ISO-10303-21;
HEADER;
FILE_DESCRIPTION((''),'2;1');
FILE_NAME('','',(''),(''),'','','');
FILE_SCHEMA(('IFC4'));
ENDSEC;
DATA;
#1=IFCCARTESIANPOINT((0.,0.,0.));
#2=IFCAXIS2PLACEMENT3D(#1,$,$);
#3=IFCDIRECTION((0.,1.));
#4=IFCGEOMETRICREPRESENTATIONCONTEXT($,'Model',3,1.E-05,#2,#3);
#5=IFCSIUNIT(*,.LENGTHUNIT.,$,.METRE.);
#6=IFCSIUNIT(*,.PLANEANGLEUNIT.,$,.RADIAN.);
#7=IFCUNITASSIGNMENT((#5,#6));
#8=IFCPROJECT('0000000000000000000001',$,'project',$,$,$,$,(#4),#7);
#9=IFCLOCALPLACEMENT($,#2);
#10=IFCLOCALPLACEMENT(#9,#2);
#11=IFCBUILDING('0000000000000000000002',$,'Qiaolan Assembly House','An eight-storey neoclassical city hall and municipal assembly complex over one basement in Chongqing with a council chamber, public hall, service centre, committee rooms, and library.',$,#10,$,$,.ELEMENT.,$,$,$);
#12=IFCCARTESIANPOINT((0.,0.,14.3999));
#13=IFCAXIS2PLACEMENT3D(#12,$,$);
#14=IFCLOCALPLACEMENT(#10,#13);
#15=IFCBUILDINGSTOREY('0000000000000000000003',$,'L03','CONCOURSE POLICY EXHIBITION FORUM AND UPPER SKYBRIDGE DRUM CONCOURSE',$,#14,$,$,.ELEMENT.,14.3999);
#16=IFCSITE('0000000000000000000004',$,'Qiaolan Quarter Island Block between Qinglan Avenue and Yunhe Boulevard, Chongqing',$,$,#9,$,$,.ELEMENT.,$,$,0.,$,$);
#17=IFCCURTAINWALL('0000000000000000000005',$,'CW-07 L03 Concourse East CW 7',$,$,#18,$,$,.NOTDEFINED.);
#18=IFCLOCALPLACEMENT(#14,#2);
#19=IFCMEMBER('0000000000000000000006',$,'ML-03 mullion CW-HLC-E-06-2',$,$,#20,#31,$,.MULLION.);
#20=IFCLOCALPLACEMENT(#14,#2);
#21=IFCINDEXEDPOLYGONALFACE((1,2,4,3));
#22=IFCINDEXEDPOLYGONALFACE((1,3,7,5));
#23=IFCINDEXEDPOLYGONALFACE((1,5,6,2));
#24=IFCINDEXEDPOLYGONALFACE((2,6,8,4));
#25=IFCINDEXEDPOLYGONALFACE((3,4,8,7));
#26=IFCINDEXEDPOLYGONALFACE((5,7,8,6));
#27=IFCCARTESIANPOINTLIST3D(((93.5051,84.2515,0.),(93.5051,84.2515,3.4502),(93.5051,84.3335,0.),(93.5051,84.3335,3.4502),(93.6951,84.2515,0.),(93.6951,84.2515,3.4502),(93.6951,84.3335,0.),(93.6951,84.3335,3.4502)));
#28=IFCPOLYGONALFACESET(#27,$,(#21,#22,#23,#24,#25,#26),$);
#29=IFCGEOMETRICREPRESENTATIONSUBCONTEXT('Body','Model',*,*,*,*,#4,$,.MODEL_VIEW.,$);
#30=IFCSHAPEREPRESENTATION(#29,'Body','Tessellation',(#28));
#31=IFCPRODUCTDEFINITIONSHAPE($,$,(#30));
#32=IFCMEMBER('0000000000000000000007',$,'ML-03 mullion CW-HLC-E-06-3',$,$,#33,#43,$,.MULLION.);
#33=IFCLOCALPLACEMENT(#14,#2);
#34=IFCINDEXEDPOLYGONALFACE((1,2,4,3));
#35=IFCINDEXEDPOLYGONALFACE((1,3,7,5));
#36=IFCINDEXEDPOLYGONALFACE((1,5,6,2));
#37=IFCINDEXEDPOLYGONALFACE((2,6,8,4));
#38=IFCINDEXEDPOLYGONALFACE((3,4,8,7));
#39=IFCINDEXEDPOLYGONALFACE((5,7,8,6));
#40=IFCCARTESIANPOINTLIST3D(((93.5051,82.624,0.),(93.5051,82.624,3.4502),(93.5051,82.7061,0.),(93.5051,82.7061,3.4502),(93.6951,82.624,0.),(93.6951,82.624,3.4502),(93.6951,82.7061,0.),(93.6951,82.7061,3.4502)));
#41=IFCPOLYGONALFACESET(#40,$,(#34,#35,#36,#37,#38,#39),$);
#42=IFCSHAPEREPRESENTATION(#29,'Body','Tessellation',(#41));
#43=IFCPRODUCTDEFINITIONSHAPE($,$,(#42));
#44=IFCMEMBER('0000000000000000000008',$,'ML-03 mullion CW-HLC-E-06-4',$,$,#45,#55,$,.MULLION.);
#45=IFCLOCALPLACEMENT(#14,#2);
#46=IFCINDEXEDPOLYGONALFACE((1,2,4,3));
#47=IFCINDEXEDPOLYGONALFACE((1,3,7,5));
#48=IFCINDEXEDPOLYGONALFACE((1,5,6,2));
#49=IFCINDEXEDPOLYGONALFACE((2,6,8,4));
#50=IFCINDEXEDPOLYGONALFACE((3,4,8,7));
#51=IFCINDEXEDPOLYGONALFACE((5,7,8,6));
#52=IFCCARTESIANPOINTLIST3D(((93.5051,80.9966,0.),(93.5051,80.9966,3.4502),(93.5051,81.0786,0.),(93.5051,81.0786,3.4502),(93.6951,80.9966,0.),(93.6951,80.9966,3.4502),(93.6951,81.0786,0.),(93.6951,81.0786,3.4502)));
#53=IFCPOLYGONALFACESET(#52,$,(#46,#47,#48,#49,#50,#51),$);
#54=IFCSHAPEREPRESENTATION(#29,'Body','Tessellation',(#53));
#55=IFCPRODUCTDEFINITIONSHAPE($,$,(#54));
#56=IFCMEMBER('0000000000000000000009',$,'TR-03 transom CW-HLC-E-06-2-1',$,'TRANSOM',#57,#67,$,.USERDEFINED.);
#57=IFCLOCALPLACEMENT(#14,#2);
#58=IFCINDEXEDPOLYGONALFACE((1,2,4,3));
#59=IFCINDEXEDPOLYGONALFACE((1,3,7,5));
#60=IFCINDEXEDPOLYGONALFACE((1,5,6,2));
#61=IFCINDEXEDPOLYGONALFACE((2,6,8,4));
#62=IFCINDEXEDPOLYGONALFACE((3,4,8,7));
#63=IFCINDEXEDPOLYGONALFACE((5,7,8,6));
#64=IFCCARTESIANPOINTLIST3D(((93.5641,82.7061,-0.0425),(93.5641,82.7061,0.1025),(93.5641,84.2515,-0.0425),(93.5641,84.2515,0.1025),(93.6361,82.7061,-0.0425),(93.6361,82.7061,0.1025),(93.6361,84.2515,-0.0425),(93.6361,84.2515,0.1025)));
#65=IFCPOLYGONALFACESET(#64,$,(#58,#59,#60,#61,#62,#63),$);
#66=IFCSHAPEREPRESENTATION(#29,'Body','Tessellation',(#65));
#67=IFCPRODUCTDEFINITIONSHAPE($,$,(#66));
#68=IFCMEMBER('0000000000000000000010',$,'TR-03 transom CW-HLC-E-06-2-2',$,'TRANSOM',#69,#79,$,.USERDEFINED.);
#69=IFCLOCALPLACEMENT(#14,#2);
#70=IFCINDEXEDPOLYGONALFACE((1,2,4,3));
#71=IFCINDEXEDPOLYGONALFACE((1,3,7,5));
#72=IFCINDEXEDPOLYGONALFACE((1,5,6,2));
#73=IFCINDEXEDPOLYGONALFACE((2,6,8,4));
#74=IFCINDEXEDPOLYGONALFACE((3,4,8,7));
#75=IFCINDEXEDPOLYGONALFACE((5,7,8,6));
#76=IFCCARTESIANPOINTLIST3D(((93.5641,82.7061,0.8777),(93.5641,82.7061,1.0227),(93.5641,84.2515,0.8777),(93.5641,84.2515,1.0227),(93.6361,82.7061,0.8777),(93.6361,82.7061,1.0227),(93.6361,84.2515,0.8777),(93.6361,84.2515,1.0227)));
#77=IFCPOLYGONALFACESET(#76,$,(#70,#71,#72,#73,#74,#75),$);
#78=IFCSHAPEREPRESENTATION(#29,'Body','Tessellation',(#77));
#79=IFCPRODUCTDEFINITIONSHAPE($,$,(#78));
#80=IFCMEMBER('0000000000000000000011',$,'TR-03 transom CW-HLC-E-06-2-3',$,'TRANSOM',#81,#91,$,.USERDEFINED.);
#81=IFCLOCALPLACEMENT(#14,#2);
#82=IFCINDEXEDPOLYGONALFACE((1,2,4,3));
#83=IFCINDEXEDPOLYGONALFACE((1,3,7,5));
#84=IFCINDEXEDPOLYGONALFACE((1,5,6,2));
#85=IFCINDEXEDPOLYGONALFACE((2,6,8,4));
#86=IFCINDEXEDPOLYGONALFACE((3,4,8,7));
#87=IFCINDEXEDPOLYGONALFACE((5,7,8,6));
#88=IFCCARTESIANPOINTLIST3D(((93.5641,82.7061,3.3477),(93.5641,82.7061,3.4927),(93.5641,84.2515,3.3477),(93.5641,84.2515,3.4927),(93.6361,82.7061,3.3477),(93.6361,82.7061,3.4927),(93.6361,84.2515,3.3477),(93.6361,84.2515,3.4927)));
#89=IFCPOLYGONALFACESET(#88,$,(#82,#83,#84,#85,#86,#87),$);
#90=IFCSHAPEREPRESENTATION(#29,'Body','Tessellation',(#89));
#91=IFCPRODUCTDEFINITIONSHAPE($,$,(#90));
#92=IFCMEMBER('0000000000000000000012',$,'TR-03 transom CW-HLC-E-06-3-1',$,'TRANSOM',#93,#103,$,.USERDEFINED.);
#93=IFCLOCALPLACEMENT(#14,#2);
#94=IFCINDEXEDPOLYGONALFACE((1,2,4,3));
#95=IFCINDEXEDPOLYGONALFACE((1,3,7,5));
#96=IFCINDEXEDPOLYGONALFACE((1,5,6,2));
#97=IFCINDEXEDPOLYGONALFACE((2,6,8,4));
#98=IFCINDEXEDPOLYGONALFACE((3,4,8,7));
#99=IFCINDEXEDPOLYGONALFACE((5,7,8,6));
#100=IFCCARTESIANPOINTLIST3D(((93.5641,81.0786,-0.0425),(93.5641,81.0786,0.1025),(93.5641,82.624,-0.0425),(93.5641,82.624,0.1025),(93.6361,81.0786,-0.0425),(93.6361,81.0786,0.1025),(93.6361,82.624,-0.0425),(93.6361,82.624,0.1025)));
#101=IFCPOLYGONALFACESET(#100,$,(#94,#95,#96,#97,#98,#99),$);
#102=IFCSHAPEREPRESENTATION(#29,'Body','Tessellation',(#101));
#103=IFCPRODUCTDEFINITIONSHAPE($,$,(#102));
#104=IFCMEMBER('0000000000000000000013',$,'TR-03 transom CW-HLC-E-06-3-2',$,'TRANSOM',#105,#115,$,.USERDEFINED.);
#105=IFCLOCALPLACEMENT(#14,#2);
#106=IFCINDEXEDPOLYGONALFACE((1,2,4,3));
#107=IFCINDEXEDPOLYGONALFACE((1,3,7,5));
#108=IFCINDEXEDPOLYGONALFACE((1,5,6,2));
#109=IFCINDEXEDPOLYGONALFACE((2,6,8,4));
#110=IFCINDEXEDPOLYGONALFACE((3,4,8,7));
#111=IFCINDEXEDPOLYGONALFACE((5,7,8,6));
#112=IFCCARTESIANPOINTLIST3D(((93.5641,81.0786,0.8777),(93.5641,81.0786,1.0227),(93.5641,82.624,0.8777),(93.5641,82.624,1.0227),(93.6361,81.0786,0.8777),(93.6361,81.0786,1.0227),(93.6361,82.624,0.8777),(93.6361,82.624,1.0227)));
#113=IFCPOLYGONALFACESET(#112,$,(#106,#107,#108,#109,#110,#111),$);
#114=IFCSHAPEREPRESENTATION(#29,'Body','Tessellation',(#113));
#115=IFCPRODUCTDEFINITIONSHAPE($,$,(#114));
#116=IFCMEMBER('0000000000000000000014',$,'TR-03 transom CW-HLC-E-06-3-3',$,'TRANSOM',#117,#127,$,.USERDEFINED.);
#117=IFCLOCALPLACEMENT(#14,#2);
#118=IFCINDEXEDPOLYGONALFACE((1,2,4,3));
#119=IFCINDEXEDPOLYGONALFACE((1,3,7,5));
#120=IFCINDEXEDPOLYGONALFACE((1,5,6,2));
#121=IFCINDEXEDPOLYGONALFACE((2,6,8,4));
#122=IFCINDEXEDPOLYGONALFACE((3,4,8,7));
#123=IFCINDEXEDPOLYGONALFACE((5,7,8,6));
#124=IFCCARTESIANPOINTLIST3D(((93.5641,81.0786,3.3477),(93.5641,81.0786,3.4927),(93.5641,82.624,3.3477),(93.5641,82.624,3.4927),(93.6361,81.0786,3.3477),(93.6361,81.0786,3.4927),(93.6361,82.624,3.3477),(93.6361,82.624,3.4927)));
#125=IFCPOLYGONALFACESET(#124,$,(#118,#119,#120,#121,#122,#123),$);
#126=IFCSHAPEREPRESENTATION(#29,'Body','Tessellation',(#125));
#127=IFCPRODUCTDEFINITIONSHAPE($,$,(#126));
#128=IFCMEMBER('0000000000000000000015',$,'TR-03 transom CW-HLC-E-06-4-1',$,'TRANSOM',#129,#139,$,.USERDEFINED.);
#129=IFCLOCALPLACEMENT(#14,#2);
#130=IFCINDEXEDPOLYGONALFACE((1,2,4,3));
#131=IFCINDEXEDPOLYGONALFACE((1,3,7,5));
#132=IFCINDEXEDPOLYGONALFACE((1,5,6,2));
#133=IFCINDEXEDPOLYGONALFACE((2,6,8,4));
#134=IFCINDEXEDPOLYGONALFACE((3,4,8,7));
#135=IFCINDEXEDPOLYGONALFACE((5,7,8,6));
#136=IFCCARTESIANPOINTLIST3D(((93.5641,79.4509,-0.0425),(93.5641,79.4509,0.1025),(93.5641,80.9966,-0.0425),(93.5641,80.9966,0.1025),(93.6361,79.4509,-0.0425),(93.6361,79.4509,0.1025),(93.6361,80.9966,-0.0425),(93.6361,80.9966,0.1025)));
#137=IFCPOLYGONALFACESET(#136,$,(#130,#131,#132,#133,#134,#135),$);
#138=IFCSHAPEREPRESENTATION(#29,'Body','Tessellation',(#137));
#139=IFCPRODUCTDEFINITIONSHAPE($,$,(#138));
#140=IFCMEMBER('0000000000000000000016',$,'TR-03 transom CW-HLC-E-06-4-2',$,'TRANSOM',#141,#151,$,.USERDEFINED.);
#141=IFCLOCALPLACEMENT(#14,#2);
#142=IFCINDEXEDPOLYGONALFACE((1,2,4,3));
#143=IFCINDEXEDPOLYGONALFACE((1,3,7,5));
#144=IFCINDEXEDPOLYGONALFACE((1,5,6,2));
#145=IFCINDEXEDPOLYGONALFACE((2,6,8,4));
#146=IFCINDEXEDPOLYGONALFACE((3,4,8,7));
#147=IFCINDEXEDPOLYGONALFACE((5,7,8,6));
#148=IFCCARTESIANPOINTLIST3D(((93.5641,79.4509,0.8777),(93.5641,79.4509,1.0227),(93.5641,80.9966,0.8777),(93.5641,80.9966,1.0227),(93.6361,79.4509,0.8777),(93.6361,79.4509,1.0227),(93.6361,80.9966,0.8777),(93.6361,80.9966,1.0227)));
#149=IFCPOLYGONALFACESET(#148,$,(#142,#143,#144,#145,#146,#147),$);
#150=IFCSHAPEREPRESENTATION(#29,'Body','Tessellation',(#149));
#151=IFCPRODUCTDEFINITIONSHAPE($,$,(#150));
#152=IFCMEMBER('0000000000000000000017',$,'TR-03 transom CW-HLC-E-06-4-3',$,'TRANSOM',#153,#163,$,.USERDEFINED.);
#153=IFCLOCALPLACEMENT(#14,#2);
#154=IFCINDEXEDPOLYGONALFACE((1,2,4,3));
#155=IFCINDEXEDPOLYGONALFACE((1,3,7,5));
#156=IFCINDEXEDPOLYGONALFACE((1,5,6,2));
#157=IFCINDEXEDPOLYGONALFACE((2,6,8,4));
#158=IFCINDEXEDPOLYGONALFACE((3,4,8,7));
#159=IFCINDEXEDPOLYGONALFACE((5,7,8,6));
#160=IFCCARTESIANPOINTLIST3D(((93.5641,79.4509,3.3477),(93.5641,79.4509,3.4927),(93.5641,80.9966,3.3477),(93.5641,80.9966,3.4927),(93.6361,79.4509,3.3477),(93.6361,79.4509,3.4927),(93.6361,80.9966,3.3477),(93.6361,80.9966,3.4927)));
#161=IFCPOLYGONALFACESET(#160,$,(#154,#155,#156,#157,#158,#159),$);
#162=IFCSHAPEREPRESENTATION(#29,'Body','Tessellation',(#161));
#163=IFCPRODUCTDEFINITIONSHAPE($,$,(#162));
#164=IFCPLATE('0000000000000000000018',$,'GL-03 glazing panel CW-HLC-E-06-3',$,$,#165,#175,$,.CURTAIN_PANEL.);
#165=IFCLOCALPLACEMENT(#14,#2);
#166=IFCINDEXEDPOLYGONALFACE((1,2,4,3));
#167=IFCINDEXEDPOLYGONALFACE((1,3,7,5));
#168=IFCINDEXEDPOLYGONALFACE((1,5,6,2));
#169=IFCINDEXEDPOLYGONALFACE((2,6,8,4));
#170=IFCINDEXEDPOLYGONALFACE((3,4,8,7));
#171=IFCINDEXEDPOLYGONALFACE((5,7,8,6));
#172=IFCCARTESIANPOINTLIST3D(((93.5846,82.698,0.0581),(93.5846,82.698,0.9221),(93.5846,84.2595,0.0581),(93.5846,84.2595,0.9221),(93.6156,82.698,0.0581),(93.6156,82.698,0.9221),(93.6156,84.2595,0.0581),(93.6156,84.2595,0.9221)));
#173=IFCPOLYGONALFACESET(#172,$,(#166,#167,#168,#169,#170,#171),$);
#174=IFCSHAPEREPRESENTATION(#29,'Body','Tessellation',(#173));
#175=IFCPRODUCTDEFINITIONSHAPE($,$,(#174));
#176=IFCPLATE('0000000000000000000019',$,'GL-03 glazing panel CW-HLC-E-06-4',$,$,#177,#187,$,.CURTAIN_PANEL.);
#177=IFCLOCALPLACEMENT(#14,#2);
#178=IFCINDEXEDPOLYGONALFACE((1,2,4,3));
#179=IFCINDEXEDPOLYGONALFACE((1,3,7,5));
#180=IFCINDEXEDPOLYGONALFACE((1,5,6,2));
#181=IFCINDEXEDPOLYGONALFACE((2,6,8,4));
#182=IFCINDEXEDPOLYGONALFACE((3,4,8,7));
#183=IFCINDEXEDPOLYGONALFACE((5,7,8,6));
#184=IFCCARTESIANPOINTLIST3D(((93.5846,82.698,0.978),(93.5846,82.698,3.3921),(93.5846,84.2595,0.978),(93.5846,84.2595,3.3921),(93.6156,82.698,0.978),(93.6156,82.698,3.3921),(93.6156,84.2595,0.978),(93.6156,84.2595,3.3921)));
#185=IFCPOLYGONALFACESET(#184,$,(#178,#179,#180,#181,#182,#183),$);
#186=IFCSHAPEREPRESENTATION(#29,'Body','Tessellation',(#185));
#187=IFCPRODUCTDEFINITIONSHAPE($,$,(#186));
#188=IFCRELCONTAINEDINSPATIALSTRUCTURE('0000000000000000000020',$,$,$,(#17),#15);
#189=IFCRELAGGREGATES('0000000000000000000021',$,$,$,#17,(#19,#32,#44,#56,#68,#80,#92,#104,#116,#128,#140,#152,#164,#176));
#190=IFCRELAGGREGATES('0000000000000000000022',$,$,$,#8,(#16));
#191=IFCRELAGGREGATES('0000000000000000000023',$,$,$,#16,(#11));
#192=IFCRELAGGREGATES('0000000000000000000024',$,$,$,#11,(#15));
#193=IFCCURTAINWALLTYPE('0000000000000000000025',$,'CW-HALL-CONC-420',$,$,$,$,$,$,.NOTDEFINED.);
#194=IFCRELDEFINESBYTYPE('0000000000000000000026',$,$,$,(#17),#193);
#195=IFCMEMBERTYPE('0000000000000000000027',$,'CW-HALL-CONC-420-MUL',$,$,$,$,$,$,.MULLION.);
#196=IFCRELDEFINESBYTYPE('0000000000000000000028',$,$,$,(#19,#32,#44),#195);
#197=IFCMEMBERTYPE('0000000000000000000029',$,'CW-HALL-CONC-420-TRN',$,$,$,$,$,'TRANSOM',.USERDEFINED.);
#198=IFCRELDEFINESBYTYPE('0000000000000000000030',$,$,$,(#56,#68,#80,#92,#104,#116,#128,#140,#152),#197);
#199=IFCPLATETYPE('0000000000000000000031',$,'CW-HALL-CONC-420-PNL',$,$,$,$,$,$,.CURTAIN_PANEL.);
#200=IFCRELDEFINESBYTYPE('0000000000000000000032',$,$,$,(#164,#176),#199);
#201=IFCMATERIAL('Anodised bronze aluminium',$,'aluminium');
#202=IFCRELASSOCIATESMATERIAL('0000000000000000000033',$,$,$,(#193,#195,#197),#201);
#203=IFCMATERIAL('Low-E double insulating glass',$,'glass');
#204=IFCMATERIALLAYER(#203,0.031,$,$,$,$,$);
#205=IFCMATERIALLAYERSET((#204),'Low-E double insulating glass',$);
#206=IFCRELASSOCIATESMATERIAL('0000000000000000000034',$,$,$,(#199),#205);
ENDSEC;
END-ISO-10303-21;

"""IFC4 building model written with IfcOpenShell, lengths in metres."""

from ifc_helpers import new_model, si_unit, direction, frame, frame_2d, origin, origin_2d, place, context, subcontext, project, spatial, rectangle, extrude, material, layer, layer_set, material_profile, profile_set, type_object, element, aggregate, save


model = new_model("IFC4")

# Units and contexts
model_context = context("Model", 3, precision=1e-05, world=origin(), true_north=direction((0.0, 1.0)))
body_context = subcontext(model_context, "Body", "Model", "MODEL_VIEW")
ifc_project = project(units=[si_unit("LENGTHUNIT", "METRE"), si_unit("PLANEANGLEUNIT", "RADIAN")], contexts=[model_context])

# Site, building, storey
site_placement = place(None, origin())
site = spatial("IfcSite", under=ifc_project, at=site_placement, Name="Qiaolan Quarter Island Block between Qinglan Avenue and Yunhe Boulevard, Chongqing", CompositionType="ELEMENT", RefElevation=0.0)
building_placement = place(site_placement, origin())
building = spatial("IfcBuilding", under=site, at=building_placement, Name="Qiaolan Assembly House", Description="An eight-storey neoclassical city hall and municipal assembly complex over one basement in Chongqing with a council chamber, public hall, service centre, committee rooms, and library.", CompositionType="ELEMENT")
storey_placement = place(building_placement, frame((0.0, 0.0, 14.3999)))
storey = spatial("IfcBuildingStorey", under=building, at=storey_placement, Name="L03", Description="CONCOURSE POLICY EXHIBITION FORUM AND UPPER SKYBRIDGE DRUM CONCOURSE", CompositionType="ELEMENT", Elevation=14.3999)

# Curtain wall, members, plates
ifc_material_1 = material(Name="Anodised bronze aluminium", Category="aluminium")
curtain_wall_type = type_object("IfcCurtainWallType", Name="CW-HALL-CONC-420", PredefinedType="NOTDEFINED", material=ifc_material_1)
curtain_wall_placement = place(storey_placement, origin())
curtain_wall = element("IfcCurtainWall", 1, at=curtain_wall_placement, inside=storey, type_object=curtain_wall_type, Name="CW-07 L03 Concourse East CW 7", PredefinedType="NOTDEFINED")
ifc_material_profile_1 = material_profile(ifc_material_1, rectangle(XDim=0.082, YDim=0.1899, at=origin_2d()), Name="MUL 82x190")
ifc_profile_set_1 = profile_set([ifc_material_profile_1], Name="Anodised bronze aluminium")
member_type_1 = type_object("IfcMemberType", Name="CW-HALL-CONC-420-MUL", PredefinedType="MULLION", material=ifc_profile_set_1)
member_1_placement = place(storey_placement, frame((93.6001, 84.2925, 0.0), z_axis=(0.0, 0.0, 1.0), x_axis=(0.0, -1.0, 0.0)))
member_1 = element("IfcMember", 2, at=member_1_placement, type_object=member_type_1, Name="ML-03 mullion CW-HLC-E-06-2", PredefinedType="MULLION", context=body_context, shape_type="SweptSolid", body=[
    extrude(rectangle(XDim=0.082, YDim=0.1899, at=origin_2d()), origin(), (0.0, 0.0, 1.0), 3.4502),
])
member_2_placement = place(storey_placement, frame((93.6001, 82.665, 0.0), z_axis=(0.0, 0.0, 1.0), x_axis=(0.0, -1.0, 0.0)))
member_2 = element("IfcMember", 3, at=member_2_placement, type_object=member_type_1, Name="ML-03 mullion CW-HLC-E-06-3", PredefinedType="MULLION", context=body_context, shape_type="SweptSolid", body=[
    extrude(rectangle(XDim=0.082, YDim=0.1899, at=origin_2d()), origin(), (0.0, 0.0, 1.0), 3.4502),
])
member_3_placement = place(storey_placement, frame((93.6001, 81.0376, 0.0), z_axis=(0.0, 0.0, 1.0), x_axis=(0.0, -1.0, 0.0)))
member_3 = element("IfcMember", 4, at=member_3_placement, type_object=member_type_1, Name="ML-03 mullion CW-HLC-E-06-4", PredefinedType="MULLION", context=body_context, shape_type="SweptSolid", body=[
    extrude(rectangle(XDim=0.082, YDim=0.1899, at=origin_2d()), origin(), (0.0, 0.0, 1.0), 3.4502),
])
ifc_material_profile_2 = material_profile(ifc_material_1, rectangle(XDim=0.072, YDim=0.145, at=origin_2d()), Name="TRN 72x145")
ifc_profile_set_2 = profile_set([ifc_material_profile_2], Name="Anodised bronze aluminium")
member_type_2 = type_object("IfcMemberType", Name="CW-HALL-CONC-420-TRN", ElementType="TRANSOM", PredefinedType="USERDEFINED", material=ifc_profile_set_2)
member_4_placement = place(storey_placement, frame((93.6001, 84.2515, 0.03), z_axis=(0.0, -1.0, 0.0), x_axis=(1.0, 0.0, 0.0)))
member_4 = element("IfcMember", 5, at=member_4_placement, type_object=member_type_2, Name="TR-03 transom CW-HLC-E-06-2-1", ObjectType="TRANSOM", PredefinedType="USERDEFINED", context=body_context, shape_type="SweptSolid", body=[
    extrude(rectangle(XDim=0.072, YDim=0.145, at=origin_2d()), origin(), (0.0, 0.0, 1.0), 1.5454),
])
member_5_placement = place(storey_placement, frame((93.6001, 84.2515, 0.9502), z_axis=(0.0, -1.0, 0.0), x_axis=(1.0, 0.0, 0.0)))
member_5 = element("IfcMember", 6, at=member_5_placement, type_object=member_type_2, Name="TR-03 transom CW-HLC-E-06-2-2", ObjectType="TRANSOM", PredefinedType="USERDEFINED", context=body_context, shape_type="SweptSolid", body=[
    extrude(rectangle(XDim=0.072, YDim=0.145, at=origin_2d()), origin(), (0.0, 0.0, 1.0), 1.5454),
])
member_6_placement = place(storey_placement, frame((93.6001, 84.2515, 3.4202), z_axis=(0.0, -1.0, 0.0), x_axis=(1.0, 0.0, 0.0)))
member_6 = element("IfcMember", 7, at=member_6_placement, type_object=member_type_2, Name="TR-03 transom CW-HLC-E-06-2-3", ObjectType="TRANSOM", PredefinedType="USERDEFINED", context=body_context, shape_type="SweptSolid", body=[
    extrude(rectangle(XDim=0.072, YDim=0.145, at=origin_2d()), origin(), (0.0, 0.0, 1.0), 1.5454),
])
member_7_placement = place(storey_placement, frame((93.6001, 82.624, 0.03), z_axis=(0.0, -1.0, 0.0), x_axis=(1.0, 0.0, 0.0)))
member_7 = element("IfcMember", 8, at=member_7_placement, type_object=member_type_2, Name="TR-03 transom CW-HLC-E-06-3-1", ObjectType="TRANSOM", PredefinedType="USERDEFINED", context=body_context, shape_type="SweptSolid", body=[
    extrude(rectangle(XDim=0.072, YDim=0.145, at=origin_2d()), origin(), (0.0, 0.0, 1.0), 1.5454),
])
member_8_placement = place(storey_placement, frame((93.6001, 82.624, 0.9502), z_axis=(0.0, -1.0, 0.0), x_axis=(1.0, 0.0, 0.0)))
member_8 = element("IfcMember", 9, at=member_8_placement, type_object=member_type_2, Name="TR-03 transom CW-HLC-E-06-3-2", ObjectType="TRANSOM", PredefinedType="USERDEFINED", context=body_context, shape_type="SweptSolid", body=[
    extrude(rectangle(XDim=0.072, YDim=0.145, at=origin_2d()), origin(), (0.0, 0.0, 1.0), 1.5454),
])
member_9_placement = place(storey_placement, frame((93.6001, 82.624, 3.4202), z_axis=(0.0, -1.0, 0.0), x_axis=(1.0, 0.0, 0.0)))
member_9 = element("IfcMember", 10, at=member_9_placement, type_object=member_type_2, Name="TR-03 transom CW-HLC-E-06-3-3", ObjectType="TRANSOM", PredefinedType="USERDEFINED", context=body_context, shape_type="SweptSolid", body=[
    extrude(rectangle(XDim=0.072, YDim=0.145, at=origin_2d()), origin(), (0.0, 0.0, 1.0), 1.5454),
])
member_10_placement = place(storey_placement, frame((93.6001, 80.9966, 0.03), z_axis=(0.0, -1.0, 0.0), x_axis=(1.0, 0.0, 0.0)))
member_10 = element("IfcMember", 11, at=member_10_placement, type_object=member_type_2, Name="TR-03 transom CW-HLC-E-06-4-1", ObjectType="TRANSOM", PredefinedType="USERDEFINED", context=body_context, shape_type="SweptSolid", body=[
    extrude(rectangle(XDim=0.072, YDim=0.145, at=origin_2d()), origin(), (0.0, 0.0, 1.0), 1.5457),
])
member_11_placement = place(storey_placement, frame((93.6001, 80.9966, 0.9502), z_axis=(0.0, -1.0, 0.0), x_axis=(1.0, 0.0, 0.0)))
member_11 = element("IfcMember", 12, at=member_11_placement, type_object=member_type_2, Name="TR-03 transom CW-HLC-E-06-4-2", ObjectType="TRANSOM", PredefinedType="USERDEFINED", context=body_context, shape_type="SweptSolid", body=[
    extrude(rectangle(XDim=0.072, YDim=0.145, at=origin_2d()), origin(), (0.0, 0.0, 1.0), 1.5457),
])
member_12_placement = place(storey_placement, frame((93.6001, 80.9966, 3.4202), z_axis=(0.0, -1.0, 0.0), x_axis=(1.0, 0.0, 0.0)))
member_12 = element("IfcMember", 13, at=member_12_placement, type_object=member_type_2, Name="TR-03 transom CW-HLC-E-06-4-3", ObjectType="TRANSOM", PredefinedType="USERDEFINED", context=body_context, shape_type="SweptSolid", body=[
    extrude(rectangle(XDim=0.072, YDim=0.145, at=origin_2d()), origin(), (0.0, 0.0, 1.0), 1.5457),
])
ifc_material_2 = material(Name="Low-E double insulating glass", Category="glass")
ifc_layer = layer(ifc_material_2, 0.031)
ifc_layer_set = layer_set([ifc_layer], Name="Low-E double insulating glass")
plate_type = type_object("IfcPlateType", Name="CW-HALL-CONC-420-PNL", PredefinedType="CURTAIN_PANEL", material=ifc_layer_set)
plate_1_placement = place(storey_placement, frame((93.6001, 84.2595, 0.0581), z_axis=(0.0, 0.0, 1.0), x_axis=(0.0, -1.0, 0.0)))
plate_1 = element("IfcPlate", 14, at=plate_1_placement, type_object=plate_type, Name="GL-03 glazing panel CW-HLC-E-06-3", PredefinedType="CURTAIN_PANEL", context=body_context, shape_type="SweptSolid", body=[
    extrude(rectangle(XDim=1.5615, YDim=0.031, at=frame_2d((0.7808, 0.0))), origin(), (0.0, 0.0, 1.0), 0.864),
])
plate_2_placement = place(storey_placement, frame((93.6001, 84.2595, 0.978), z_axis=(0.0, 0.0, 1.0), x_axis=(0.0, -1.0, 0.0)))
plate_2 = element("IfcPlate", 15, at=plate_2_placement, type_object=plate_type, Name="GL-03 glazing panel CW-HLC-E-06-4", PredefinedType="CURTAIN_PANEL", context=body_context, shape_type="SweptSolid", body=[
    extrude(rectangle(XDim=1.5615, YDim=0.031, at=frame_2d((0.7808, 0.0))), origin(), (0.0, 0.0, 1.0), 2.4141),
])
aggregate(curtain_wall, [member_1, member_2, member_3, member_4, member_5, member_6, member_7, member_8, member_9, member_10, member_11, member_12, plate_1, plate_2])

save(model, "model.ifc")
